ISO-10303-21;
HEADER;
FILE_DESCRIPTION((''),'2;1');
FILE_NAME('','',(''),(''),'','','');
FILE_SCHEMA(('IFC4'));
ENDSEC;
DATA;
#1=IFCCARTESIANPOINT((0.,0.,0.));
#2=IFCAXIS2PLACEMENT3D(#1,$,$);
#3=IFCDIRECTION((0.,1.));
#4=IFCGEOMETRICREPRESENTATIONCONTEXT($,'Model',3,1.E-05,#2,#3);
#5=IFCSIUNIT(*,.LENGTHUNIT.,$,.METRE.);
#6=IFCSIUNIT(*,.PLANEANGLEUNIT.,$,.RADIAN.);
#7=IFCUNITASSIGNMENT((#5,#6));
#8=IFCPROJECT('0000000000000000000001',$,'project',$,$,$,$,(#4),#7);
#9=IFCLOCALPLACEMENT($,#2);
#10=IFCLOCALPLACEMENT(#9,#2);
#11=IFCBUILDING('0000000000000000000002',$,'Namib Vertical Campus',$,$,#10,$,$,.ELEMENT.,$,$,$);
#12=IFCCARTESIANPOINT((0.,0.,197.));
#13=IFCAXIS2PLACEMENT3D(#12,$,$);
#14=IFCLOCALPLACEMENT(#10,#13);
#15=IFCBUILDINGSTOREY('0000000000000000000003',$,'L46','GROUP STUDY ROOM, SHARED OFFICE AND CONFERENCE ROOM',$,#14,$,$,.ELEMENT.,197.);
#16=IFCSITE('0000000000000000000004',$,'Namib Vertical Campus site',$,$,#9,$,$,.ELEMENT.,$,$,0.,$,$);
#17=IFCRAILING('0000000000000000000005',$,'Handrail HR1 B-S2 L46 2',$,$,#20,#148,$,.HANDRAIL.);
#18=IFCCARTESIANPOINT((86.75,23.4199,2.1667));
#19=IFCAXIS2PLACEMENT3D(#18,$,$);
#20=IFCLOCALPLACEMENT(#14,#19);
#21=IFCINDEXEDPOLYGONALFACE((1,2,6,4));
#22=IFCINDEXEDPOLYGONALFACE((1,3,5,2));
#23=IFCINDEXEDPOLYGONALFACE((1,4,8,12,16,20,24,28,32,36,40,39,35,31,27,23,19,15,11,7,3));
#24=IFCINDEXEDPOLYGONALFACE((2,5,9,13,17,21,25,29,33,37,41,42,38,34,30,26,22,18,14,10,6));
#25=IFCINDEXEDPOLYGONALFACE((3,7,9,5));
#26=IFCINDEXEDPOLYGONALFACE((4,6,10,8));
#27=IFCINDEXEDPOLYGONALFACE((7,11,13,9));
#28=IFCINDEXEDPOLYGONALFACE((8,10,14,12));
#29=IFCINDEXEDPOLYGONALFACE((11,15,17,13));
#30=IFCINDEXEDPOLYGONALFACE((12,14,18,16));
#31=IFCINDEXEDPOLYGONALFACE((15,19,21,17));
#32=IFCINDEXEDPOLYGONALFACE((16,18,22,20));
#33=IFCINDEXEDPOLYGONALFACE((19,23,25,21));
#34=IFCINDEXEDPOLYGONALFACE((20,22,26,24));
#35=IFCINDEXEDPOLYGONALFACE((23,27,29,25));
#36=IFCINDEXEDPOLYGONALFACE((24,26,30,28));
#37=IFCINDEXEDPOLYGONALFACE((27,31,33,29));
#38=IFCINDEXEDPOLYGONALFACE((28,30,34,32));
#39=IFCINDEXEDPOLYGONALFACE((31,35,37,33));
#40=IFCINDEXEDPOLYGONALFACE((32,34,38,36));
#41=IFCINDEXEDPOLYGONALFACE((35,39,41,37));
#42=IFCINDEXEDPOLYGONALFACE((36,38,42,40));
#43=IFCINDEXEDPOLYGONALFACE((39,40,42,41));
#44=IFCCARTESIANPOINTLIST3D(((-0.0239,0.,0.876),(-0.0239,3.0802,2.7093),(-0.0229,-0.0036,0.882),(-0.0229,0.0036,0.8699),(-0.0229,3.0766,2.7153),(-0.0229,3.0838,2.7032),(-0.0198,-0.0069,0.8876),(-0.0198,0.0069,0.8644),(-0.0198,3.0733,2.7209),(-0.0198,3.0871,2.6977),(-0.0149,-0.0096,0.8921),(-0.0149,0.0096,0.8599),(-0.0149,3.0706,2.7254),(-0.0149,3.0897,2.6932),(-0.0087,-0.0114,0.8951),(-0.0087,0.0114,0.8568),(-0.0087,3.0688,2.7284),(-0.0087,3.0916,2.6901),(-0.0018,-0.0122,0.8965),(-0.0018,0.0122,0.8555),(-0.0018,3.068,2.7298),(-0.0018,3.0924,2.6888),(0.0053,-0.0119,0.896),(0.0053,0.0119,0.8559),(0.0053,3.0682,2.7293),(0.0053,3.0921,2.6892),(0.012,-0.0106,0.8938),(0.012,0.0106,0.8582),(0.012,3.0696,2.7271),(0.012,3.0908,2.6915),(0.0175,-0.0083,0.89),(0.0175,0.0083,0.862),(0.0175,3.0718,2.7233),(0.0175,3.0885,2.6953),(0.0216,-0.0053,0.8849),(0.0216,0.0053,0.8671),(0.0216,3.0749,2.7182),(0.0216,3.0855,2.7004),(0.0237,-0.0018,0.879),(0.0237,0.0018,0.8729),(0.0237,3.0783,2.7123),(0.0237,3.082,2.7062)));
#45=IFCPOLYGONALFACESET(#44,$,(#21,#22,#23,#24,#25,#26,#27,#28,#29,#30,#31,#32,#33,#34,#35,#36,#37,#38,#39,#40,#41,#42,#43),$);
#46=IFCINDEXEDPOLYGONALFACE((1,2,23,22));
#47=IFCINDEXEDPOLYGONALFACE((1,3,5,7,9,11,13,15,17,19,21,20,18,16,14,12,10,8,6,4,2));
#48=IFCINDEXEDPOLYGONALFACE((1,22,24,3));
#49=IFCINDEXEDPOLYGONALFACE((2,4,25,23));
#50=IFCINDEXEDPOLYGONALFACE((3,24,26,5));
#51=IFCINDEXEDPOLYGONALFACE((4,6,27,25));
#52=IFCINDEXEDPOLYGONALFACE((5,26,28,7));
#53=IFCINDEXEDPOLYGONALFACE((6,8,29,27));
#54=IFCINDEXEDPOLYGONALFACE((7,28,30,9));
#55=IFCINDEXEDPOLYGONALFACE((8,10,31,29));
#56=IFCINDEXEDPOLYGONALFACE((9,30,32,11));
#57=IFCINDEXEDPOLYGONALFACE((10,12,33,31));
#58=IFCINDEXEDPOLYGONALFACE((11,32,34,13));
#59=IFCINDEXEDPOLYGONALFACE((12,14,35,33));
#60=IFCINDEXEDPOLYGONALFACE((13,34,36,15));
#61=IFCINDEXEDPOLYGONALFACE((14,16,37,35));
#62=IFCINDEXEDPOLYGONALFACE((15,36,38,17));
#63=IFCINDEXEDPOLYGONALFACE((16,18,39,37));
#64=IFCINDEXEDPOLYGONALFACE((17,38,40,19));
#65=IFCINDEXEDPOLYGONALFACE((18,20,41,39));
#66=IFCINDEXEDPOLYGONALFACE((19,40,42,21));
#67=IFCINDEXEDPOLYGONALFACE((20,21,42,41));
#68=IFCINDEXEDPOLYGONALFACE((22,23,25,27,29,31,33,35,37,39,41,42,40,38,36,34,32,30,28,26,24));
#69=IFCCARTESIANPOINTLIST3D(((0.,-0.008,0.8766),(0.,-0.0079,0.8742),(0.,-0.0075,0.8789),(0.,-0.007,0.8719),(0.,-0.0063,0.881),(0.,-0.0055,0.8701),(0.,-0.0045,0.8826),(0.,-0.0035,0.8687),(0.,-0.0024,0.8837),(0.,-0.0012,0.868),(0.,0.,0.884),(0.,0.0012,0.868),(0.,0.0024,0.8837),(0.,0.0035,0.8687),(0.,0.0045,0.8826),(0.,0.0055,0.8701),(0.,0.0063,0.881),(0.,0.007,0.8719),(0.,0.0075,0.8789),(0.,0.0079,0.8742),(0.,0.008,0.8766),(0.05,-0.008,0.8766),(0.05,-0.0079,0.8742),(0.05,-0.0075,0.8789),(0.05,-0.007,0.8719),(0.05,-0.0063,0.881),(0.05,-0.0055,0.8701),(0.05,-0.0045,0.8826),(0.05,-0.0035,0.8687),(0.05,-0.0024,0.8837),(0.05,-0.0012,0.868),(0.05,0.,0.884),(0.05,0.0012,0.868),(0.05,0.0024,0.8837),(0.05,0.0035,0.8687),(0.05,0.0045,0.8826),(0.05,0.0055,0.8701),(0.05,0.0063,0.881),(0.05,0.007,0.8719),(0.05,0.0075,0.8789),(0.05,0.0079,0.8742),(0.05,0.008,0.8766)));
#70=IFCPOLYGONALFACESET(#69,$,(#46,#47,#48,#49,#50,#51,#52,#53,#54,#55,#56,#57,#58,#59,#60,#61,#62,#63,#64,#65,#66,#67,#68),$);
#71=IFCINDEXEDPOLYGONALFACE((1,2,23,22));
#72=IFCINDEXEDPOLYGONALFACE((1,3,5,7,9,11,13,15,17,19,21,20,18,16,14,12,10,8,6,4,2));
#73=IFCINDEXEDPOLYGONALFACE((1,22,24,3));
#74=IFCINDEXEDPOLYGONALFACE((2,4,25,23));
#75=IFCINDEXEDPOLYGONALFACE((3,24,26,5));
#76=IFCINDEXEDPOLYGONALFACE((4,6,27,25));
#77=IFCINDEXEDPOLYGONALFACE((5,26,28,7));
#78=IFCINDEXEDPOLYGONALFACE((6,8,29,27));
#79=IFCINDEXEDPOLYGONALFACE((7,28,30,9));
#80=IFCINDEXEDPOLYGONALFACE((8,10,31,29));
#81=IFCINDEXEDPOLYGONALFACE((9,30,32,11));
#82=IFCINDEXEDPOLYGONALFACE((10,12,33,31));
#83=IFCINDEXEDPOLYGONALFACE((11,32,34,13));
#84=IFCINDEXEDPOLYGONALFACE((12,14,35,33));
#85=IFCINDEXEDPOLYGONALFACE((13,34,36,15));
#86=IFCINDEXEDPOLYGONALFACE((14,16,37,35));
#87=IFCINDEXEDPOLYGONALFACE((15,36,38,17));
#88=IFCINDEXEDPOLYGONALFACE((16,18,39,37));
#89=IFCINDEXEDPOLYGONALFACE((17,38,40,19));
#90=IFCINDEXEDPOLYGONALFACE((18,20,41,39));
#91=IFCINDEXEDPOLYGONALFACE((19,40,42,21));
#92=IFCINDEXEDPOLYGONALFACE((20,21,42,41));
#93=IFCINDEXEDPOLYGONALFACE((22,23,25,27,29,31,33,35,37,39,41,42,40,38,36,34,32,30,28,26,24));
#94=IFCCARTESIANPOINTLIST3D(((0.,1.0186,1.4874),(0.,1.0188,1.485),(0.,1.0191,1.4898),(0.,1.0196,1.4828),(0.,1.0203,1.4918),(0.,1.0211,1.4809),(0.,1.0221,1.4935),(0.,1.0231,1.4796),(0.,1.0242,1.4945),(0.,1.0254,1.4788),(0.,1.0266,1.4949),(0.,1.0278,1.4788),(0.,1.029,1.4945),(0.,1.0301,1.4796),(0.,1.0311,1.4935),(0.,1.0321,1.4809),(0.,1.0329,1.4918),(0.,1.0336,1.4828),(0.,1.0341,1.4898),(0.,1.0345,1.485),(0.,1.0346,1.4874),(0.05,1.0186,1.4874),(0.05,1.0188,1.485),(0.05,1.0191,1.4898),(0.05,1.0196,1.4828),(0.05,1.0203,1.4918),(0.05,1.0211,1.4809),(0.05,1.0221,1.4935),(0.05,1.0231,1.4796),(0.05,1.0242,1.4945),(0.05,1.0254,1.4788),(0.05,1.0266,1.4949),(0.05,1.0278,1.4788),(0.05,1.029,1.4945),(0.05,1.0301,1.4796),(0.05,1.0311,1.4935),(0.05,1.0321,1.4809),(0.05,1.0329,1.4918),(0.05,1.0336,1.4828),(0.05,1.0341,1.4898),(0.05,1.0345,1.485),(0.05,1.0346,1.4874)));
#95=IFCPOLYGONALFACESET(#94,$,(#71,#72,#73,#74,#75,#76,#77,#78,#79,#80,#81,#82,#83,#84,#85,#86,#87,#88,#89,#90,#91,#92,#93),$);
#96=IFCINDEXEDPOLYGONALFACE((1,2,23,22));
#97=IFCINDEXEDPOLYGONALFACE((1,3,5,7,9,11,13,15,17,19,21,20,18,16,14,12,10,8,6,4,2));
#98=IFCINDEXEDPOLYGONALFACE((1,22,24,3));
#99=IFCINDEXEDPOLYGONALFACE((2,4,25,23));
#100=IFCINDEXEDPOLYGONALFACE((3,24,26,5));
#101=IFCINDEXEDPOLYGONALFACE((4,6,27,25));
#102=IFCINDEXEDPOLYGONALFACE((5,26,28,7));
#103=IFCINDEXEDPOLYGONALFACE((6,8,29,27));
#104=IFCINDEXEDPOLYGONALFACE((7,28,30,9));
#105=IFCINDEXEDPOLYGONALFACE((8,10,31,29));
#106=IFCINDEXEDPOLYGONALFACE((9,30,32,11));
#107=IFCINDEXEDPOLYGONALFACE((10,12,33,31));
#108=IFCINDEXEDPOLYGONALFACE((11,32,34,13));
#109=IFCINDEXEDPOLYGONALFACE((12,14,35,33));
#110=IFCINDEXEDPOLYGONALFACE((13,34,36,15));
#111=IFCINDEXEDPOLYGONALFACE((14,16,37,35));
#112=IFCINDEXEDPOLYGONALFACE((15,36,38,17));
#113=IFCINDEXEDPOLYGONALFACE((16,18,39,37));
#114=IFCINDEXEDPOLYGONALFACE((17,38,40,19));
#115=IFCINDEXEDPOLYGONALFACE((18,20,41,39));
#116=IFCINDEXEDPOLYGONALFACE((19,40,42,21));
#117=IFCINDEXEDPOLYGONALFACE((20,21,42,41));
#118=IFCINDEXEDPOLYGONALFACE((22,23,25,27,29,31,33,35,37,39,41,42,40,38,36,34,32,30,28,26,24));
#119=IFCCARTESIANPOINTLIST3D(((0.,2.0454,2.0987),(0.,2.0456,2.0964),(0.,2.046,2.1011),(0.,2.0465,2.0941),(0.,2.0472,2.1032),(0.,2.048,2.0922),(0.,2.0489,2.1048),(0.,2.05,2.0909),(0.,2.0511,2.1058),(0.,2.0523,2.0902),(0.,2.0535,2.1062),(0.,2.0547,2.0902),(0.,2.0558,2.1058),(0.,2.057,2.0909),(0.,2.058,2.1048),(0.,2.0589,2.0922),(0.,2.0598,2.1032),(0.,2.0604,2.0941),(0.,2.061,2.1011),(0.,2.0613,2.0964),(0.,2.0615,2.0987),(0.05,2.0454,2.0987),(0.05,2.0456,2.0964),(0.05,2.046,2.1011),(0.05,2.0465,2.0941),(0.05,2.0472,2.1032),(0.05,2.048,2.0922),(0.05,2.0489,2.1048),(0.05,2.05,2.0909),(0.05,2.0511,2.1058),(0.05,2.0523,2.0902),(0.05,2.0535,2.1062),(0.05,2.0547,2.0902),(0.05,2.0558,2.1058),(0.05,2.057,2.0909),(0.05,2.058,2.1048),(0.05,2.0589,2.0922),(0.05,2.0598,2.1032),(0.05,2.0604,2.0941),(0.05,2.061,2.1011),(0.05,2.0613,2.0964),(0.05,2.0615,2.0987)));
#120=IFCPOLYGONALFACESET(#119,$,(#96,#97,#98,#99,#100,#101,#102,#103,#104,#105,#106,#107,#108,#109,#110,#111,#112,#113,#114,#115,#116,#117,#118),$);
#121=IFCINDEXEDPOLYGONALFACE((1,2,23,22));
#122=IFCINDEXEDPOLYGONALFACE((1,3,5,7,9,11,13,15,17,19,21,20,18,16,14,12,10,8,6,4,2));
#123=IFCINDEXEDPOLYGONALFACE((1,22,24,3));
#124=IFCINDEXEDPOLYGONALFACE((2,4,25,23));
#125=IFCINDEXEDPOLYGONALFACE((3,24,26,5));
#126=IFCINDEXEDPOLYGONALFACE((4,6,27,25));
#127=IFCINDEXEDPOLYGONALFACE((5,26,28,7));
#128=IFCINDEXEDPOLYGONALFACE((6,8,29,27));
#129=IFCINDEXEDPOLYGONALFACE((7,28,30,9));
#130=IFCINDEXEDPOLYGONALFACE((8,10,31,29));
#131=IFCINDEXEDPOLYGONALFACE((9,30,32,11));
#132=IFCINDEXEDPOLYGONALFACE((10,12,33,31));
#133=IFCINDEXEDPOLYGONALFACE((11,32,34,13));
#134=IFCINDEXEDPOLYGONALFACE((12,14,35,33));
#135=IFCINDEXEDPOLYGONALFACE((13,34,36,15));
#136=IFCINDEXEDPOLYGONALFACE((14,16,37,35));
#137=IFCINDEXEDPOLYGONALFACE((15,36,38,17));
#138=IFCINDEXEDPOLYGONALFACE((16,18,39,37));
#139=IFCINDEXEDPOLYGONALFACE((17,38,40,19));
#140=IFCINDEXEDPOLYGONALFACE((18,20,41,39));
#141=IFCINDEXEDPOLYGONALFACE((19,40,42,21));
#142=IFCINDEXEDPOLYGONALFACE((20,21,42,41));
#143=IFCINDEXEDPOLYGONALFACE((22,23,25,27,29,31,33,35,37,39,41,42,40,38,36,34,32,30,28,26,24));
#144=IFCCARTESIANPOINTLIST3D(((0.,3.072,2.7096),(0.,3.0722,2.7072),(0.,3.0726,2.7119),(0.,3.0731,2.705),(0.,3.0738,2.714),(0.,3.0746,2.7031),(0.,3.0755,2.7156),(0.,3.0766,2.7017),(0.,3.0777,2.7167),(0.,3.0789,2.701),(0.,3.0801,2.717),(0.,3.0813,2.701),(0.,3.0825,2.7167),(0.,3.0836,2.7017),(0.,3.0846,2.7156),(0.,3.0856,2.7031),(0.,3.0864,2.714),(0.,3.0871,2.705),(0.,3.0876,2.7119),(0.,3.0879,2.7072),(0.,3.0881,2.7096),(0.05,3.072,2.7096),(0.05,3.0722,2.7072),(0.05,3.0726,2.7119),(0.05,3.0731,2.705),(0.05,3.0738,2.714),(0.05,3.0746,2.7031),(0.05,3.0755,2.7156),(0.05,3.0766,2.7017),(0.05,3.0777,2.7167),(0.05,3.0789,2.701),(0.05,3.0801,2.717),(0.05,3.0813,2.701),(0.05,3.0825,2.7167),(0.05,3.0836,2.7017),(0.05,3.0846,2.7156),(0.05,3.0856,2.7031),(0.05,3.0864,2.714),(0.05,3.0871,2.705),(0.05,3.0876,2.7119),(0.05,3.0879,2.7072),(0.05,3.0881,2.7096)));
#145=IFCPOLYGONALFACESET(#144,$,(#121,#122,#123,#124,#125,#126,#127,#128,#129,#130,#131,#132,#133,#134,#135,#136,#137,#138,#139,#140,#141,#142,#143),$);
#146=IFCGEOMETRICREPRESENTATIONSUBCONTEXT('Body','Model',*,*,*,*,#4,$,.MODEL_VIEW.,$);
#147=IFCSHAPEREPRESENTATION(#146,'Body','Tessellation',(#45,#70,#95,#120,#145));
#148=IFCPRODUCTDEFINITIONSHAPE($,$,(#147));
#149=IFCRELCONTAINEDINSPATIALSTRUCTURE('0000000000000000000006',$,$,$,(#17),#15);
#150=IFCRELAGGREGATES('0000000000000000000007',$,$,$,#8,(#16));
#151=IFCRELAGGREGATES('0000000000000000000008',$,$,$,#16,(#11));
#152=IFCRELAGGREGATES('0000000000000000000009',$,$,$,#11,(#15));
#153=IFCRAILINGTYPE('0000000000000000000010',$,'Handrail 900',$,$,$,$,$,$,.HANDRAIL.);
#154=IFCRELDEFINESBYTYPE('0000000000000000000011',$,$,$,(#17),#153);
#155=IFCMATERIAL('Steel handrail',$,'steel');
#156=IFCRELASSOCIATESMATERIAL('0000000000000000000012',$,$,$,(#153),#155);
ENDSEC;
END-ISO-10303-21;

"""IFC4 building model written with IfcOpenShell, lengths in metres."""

from ifc_helpers import new_model, si_unit, direction, frame, origin, origin_2d, place, context, subcontext, project, spatial, circle, extrude, material, type_object, element, save


model = new_model("IFC4")

# Units and contexts
model_context = context("Model", 3, precision=1e-05, world=origin(), true_north=direction((0.0, 1.0)))
body_context = subcontext(model_context, "Body", "Model", "MODEL_VIEW")
ifc_project = project(units=[si_unit("LENGTHUNIT", "METRE"), si_unit("PLANEANGLEUNIT", "RADIAN")], contexts=[model_context])

# Site, building, storey
site_placement = place(None, origin())
site = spatial("IfcSite", under=ifc_project, at=site_placement, Name="Namib Vertical Campus site", CompositionType="ELEMENT", RefElevation=0.0)
building_placement = place(site_placement, origin())
building = spatial("IfcBuilding", under=site, at=building_placement, Name="Namib Vertical Campus", CompositionType="ELEMENT")
storey_placement = place(building_placement, frame((0.0, 0.0, 197.0)))
storey = spatial("IfcBuildingStorey", under=building, at=storey_placement, Name="L46", Description="GROUP STUDY ROOM, SHARED OFFICE AND CONFERENCE ROOM", CompositionType="ELEMENT", Elevation=197.0)

# Railing
ifc_material_1 = material(Name="Steel handrail", Category="steel")
railing_type = type_object("IfcRailingType", Name="Handrail 900", PredefinedType="HANDRAIL", material=ifc_material_1)
railing_placement = place(storey_placement, frame((86.75, 23.4199, 2.1667)))
element("IfcRailing", 1, at=railing_placement, inside=storey, type_object=railing_type, Name="Handrail HR1 B-S2 L46 2", PredefinedType="HANDRAIL", context=body_context, shape_type="SweptSolid", body=[
    extrude(circle(Radius=0.0239, at=origin_2d()), frame((0.0, 0.0, 0.876), z_axis=(0.0, 0.859309, 0.511458), x_axis=(-1.0, 0.0, 0.0)), (0.0, 0.0, 1.0), 3.5845),
    extrude(circle(Radius=0.0081, at=origin_2d()), frame((0.0, 0.0, 0.876), z_axis=(1.0, 0.0, 0.0), x_axis=(0.0, 0.0, 1.0)), (0.0, 0.0, 1.0), 0.05),
    extrude(circle(Radius=0.0081, at=origin_2d()), frame((0.0, 1.0266, 1.4868), z_axis=(1.0, 0.0, 0.0), x_axis=(0.0, 0.0, 1.0)), (0.0, 0.0, 1.0), 0.05),
    extrude(circle(Radius=0.0081, at=origin_2d()), frame((0.0, 2.0535, 2.0981), z_axis=(1.0, 0.0, 0.0), x_axis=(0.0, 0.0, 1.0)), (0.0, 0.0, 1.0), 0.05),
    extrude(circle(Radius=0.0081, at=origin_2d()), frame((0.0, 3.0801, 2.709), z_axis=(1.0, 0.0, 0.0), x_axis=(0.0, 0.0, 1.0)), (0.0, 0.0, 1.0), 0.05),
])

save(model, "model.ifc")
